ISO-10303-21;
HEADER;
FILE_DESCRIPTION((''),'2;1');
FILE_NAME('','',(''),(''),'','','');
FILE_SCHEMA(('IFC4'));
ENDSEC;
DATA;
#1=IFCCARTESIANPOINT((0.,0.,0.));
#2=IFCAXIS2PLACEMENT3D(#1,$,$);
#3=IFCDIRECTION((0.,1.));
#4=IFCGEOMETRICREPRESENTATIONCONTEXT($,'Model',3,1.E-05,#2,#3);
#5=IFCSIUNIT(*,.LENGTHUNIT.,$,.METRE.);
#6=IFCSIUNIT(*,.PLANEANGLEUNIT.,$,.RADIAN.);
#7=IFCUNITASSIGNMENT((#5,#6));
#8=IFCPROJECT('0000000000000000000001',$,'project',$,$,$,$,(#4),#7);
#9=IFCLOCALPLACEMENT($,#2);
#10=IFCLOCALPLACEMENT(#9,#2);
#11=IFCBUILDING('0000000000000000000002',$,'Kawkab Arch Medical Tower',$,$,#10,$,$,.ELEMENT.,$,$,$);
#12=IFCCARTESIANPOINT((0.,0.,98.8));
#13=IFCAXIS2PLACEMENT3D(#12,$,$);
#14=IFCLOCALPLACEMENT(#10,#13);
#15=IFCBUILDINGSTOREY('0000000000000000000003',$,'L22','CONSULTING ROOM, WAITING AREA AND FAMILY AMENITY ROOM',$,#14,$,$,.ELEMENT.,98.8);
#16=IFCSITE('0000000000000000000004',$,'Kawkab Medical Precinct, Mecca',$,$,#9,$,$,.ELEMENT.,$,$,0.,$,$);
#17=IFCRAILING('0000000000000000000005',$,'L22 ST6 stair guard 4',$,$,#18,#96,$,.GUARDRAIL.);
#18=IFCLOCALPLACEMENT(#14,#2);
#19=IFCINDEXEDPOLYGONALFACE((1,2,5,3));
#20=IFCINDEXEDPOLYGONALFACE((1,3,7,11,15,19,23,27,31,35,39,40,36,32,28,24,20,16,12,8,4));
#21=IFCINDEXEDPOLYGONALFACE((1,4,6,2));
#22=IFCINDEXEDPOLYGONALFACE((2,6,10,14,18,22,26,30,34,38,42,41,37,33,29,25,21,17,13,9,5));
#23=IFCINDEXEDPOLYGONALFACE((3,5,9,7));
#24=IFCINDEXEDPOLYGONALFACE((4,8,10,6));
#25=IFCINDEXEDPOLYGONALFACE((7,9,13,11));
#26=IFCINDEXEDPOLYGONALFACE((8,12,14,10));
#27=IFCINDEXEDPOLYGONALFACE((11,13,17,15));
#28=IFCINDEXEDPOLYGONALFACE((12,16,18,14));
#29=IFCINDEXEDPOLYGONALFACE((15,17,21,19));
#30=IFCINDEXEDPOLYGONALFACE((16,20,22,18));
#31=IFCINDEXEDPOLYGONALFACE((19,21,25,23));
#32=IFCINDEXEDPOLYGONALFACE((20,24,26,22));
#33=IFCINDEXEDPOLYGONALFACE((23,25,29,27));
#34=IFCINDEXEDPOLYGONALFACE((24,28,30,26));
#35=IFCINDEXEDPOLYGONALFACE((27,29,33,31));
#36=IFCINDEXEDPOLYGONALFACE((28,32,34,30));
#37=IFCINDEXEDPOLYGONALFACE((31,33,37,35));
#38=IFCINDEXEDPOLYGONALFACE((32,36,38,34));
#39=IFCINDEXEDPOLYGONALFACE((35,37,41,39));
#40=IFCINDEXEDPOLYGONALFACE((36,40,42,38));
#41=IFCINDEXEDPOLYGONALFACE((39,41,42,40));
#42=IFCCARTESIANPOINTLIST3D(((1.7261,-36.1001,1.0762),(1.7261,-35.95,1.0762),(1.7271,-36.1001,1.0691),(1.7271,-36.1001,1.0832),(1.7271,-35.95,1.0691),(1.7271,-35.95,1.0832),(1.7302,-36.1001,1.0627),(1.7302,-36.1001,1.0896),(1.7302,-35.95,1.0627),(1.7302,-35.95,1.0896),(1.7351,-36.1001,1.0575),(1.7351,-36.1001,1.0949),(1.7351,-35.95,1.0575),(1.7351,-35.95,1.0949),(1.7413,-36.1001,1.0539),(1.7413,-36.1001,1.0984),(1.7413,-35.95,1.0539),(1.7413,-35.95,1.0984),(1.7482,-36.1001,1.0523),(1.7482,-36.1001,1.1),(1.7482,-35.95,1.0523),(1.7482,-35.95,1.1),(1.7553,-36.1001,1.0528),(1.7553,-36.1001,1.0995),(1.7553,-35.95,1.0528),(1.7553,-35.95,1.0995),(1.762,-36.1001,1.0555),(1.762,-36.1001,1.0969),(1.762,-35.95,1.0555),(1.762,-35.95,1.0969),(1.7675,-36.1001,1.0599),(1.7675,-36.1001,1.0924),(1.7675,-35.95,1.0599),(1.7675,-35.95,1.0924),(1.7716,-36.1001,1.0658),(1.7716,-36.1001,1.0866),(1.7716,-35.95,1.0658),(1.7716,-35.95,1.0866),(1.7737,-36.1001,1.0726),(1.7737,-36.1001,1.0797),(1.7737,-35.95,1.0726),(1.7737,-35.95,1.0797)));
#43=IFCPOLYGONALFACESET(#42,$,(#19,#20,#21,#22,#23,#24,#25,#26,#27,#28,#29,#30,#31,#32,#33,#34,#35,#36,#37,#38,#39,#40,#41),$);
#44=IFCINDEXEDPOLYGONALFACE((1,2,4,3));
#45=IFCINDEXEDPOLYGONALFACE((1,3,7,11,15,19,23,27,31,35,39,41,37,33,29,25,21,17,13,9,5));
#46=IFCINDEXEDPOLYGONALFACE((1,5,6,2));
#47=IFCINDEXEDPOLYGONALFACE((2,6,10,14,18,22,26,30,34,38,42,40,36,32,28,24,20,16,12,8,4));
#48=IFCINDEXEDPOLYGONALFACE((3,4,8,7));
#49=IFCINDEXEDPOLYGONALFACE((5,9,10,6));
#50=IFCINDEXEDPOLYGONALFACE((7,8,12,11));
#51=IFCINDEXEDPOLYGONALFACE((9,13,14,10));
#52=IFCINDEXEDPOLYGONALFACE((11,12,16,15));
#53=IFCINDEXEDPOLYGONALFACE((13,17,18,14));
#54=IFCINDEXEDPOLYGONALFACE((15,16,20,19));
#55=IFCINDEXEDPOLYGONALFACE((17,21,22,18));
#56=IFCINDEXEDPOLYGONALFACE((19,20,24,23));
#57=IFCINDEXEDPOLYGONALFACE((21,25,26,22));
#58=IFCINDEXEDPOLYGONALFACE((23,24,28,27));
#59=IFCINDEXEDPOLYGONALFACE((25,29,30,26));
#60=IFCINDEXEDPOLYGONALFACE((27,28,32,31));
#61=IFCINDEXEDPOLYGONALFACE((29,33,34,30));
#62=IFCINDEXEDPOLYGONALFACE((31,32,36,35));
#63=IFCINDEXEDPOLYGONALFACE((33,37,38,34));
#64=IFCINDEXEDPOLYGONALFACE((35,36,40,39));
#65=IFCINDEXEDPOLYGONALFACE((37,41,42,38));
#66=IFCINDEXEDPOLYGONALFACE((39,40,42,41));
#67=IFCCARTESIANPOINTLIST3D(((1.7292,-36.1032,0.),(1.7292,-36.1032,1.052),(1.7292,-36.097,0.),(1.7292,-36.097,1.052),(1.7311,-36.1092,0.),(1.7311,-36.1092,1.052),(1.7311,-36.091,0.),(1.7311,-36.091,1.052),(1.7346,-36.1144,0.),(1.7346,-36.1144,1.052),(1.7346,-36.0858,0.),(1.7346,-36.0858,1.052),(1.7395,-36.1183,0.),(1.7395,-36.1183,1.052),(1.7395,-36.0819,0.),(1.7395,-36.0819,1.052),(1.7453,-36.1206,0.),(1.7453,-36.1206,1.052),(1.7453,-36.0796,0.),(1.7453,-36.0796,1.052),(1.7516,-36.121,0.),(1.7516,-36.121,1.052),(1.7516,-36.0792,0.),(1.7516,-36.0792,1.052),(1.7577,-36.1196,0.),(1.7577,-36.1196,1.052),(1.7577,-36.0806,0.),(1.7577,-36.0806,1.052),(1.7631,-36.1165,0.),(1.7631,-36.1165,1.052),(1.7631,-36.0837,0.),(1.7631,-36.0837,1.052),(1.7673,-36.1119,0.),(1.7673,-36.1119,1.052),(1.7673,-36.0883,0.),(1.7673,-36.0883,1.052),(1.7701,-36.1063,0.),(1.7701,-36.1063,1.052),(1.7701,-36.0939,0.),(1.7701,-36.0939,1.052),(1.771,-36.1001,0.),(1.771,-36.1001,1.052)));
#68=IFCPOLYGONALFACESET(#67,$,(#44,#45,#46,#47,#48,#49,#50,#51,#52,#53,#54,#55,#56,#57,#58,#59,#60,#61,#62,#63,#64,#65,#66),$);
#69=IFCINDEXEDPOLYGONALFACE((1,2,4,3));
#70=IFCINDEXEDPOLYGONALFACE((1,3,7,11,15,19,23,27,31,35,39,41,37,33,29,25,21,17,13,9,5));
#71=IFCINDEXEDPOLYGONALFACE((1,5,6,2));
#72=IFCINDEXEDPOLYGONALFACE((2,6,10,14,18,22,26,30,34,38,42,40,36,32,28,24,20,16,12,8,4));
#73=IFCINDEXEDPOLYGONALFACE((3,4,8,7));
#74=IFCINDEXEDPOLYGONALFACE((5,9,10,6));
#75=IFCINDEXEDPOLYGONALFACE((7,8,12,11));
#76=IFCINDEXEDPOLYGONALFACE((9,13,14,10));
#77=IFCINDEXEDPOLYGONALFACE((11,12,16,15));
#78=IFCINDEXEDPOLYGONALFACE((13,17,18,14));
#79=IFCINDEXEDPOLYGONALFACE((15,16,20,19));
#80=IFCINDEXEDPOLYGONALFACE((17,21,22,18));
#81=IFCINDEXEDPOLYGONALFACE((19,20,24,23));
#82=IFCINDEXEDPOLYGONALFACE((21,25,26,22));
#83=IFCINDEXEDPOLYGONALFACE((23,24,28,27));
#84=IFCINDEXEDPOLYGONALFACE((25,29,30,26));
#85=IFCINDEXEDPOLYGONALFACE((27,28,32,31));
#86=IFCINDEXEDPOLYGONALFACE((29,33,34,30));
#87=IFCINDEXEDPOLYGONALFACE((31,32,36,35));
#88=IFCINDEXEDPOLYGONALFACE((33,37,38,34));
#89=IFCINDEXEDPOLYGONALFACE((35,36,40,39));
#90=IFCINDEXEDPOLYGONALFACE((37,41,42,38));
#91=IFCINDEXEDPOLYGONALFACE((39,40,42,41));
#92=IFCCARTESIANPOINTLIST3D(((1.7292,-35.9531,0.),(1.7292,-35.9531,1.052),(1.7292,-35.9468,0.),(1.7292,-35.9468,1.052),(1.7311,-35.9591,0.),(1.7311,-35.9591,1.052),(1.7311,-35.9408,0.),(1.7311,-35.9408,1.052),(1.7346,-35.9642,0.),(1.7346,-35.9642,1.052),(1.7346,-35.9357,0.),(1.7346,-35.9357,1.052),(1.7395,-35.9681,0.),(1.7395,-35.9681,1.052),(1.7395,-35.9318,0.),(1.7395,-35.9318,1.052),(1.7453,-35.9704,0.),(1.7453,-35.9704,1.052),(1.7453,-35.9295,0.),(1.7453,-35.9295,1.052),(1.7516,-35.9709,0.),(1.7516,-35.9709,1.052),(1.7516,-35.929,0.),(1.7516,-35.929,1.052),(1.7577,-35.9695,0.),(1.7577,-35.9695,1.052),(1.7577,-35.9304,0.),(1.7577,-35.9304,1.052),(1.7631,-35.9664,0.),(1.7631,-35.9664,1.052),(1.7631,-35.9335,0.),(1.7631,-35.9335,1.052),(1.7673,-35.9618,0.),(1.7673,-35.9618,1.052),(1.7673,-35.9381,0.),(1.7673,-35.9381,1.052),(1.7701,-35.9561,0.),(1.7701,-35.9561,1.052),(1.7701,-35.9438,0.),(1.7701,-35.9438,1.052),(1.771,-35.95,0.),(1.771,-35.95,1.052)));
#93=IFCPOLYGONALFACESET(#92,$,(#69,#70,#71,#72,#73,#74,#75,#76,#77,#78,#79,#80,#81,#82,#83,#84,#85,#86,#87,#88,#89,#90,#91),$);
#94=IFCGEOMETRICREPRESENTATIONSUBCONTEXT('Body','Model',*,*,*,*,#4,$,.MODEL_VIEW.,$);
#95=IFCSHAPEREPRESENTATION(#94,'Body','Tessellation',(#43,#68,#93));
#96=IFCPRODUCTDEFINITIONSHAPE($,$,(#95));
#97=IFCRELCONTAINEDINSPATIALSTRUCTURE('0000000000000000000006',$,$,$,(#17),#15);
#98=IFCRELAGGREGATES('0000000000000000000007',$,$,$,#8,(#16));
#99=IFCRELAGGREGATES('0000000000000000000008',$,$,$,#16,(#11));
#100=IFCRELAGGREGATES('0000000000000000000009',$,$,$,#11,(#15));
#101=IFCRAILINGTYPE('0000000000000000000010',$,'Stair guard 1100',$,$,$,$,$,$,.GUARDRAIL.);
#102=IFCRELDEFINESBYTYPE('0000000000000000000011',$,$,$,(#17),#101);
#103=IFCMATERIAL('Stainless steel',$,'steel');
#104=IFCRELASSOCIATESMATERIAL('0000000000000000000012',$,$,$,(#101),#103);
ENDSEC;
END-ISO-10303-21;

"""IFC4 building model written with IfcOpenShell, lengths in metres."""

from ifc_helpers import new_model, si_unit, direction, frame, origin, origin_2d, place, context, subcontext, project, spatial, circle, extrude, material, type_object, element, save


model = new_model("IFC4")

# Units and contexts
model_context = context("Model", 3, precision=1e-05, world=origin(), true_north=direction((0.0, 1.0)))
body_context = subcontext(model_context, "Body", "Model", "MODEL_VIEW")
ifc_project = project(units=[si_unit("LENGTHUNIT", "METRE"), si_unit("PLANEANGLEUNIT", "RADIAN")], contexts=[model_context])

# Site, building, storey
site_placement = place(None, origin())
site = spatial("IfcSite", under=ifc_project, at=site_placement, Name="Kawkab Medical Precinct, Mecca", CompositionType="ELEMENT", RefElevation=0.0)
building_placement = place(site_placement, origin())
building = spatial("IfcBuilding", under=site, at=building_placement, Name="Kawkab Arch Medical Tower", CompositionType="ELEMENT")
storey_placement = place(building_placement, frame((0.0, 0.0, 98.8)))
storey = spatial("IfcBuildingStorey", under=building, at=storey_placement, Name="L22", Description="CONSULTING ROOM, WAITING AREA AND FAMILY AMENITY ROOM", CompositionType="ELEMENT", Elevation=98.8)

# Railing
ifc_material_1 = material(Name="Stainless steel", Category="steel")
railing_type = type_object("IfcRailingType", Name="Stair guard 1100", PredefinedType="GUARDRAIL", material=ifc_material_1)
railing_1_placement = place(storey_placement, frame((1.75, -36.1001, 0.0)))
element("IfcRailing", 1, at=railing_1_placement, inside=storey, type_object=railing_type, Name="L22 ST6 stair guard 4", PredefinedType="GUARDRAIL", context=body_context, shape_type="SweptSolid", body=[
    extrude(circle(Radius=0.0239, at=origin_2d()), frame((0.0, 0.0, 1.0762), z_axis=(0.0, 1.0, 0.0), x_axis=(-1.0, 0.0, 0.0)), (0.0, 0.0, 1.0), 0.1501),
    extrude(circle(Radius=0.021, at=origin_2d()), origin(), (0.0, 0.0, 1.0), 1.052),
    extrude(circle(Radius=0.021, at=origin_2d()), frame((0.0, 0.1501, 0.0)), (0.0, 0.0, 1.0), 1.052),
])

save(model, "model.ifc")
